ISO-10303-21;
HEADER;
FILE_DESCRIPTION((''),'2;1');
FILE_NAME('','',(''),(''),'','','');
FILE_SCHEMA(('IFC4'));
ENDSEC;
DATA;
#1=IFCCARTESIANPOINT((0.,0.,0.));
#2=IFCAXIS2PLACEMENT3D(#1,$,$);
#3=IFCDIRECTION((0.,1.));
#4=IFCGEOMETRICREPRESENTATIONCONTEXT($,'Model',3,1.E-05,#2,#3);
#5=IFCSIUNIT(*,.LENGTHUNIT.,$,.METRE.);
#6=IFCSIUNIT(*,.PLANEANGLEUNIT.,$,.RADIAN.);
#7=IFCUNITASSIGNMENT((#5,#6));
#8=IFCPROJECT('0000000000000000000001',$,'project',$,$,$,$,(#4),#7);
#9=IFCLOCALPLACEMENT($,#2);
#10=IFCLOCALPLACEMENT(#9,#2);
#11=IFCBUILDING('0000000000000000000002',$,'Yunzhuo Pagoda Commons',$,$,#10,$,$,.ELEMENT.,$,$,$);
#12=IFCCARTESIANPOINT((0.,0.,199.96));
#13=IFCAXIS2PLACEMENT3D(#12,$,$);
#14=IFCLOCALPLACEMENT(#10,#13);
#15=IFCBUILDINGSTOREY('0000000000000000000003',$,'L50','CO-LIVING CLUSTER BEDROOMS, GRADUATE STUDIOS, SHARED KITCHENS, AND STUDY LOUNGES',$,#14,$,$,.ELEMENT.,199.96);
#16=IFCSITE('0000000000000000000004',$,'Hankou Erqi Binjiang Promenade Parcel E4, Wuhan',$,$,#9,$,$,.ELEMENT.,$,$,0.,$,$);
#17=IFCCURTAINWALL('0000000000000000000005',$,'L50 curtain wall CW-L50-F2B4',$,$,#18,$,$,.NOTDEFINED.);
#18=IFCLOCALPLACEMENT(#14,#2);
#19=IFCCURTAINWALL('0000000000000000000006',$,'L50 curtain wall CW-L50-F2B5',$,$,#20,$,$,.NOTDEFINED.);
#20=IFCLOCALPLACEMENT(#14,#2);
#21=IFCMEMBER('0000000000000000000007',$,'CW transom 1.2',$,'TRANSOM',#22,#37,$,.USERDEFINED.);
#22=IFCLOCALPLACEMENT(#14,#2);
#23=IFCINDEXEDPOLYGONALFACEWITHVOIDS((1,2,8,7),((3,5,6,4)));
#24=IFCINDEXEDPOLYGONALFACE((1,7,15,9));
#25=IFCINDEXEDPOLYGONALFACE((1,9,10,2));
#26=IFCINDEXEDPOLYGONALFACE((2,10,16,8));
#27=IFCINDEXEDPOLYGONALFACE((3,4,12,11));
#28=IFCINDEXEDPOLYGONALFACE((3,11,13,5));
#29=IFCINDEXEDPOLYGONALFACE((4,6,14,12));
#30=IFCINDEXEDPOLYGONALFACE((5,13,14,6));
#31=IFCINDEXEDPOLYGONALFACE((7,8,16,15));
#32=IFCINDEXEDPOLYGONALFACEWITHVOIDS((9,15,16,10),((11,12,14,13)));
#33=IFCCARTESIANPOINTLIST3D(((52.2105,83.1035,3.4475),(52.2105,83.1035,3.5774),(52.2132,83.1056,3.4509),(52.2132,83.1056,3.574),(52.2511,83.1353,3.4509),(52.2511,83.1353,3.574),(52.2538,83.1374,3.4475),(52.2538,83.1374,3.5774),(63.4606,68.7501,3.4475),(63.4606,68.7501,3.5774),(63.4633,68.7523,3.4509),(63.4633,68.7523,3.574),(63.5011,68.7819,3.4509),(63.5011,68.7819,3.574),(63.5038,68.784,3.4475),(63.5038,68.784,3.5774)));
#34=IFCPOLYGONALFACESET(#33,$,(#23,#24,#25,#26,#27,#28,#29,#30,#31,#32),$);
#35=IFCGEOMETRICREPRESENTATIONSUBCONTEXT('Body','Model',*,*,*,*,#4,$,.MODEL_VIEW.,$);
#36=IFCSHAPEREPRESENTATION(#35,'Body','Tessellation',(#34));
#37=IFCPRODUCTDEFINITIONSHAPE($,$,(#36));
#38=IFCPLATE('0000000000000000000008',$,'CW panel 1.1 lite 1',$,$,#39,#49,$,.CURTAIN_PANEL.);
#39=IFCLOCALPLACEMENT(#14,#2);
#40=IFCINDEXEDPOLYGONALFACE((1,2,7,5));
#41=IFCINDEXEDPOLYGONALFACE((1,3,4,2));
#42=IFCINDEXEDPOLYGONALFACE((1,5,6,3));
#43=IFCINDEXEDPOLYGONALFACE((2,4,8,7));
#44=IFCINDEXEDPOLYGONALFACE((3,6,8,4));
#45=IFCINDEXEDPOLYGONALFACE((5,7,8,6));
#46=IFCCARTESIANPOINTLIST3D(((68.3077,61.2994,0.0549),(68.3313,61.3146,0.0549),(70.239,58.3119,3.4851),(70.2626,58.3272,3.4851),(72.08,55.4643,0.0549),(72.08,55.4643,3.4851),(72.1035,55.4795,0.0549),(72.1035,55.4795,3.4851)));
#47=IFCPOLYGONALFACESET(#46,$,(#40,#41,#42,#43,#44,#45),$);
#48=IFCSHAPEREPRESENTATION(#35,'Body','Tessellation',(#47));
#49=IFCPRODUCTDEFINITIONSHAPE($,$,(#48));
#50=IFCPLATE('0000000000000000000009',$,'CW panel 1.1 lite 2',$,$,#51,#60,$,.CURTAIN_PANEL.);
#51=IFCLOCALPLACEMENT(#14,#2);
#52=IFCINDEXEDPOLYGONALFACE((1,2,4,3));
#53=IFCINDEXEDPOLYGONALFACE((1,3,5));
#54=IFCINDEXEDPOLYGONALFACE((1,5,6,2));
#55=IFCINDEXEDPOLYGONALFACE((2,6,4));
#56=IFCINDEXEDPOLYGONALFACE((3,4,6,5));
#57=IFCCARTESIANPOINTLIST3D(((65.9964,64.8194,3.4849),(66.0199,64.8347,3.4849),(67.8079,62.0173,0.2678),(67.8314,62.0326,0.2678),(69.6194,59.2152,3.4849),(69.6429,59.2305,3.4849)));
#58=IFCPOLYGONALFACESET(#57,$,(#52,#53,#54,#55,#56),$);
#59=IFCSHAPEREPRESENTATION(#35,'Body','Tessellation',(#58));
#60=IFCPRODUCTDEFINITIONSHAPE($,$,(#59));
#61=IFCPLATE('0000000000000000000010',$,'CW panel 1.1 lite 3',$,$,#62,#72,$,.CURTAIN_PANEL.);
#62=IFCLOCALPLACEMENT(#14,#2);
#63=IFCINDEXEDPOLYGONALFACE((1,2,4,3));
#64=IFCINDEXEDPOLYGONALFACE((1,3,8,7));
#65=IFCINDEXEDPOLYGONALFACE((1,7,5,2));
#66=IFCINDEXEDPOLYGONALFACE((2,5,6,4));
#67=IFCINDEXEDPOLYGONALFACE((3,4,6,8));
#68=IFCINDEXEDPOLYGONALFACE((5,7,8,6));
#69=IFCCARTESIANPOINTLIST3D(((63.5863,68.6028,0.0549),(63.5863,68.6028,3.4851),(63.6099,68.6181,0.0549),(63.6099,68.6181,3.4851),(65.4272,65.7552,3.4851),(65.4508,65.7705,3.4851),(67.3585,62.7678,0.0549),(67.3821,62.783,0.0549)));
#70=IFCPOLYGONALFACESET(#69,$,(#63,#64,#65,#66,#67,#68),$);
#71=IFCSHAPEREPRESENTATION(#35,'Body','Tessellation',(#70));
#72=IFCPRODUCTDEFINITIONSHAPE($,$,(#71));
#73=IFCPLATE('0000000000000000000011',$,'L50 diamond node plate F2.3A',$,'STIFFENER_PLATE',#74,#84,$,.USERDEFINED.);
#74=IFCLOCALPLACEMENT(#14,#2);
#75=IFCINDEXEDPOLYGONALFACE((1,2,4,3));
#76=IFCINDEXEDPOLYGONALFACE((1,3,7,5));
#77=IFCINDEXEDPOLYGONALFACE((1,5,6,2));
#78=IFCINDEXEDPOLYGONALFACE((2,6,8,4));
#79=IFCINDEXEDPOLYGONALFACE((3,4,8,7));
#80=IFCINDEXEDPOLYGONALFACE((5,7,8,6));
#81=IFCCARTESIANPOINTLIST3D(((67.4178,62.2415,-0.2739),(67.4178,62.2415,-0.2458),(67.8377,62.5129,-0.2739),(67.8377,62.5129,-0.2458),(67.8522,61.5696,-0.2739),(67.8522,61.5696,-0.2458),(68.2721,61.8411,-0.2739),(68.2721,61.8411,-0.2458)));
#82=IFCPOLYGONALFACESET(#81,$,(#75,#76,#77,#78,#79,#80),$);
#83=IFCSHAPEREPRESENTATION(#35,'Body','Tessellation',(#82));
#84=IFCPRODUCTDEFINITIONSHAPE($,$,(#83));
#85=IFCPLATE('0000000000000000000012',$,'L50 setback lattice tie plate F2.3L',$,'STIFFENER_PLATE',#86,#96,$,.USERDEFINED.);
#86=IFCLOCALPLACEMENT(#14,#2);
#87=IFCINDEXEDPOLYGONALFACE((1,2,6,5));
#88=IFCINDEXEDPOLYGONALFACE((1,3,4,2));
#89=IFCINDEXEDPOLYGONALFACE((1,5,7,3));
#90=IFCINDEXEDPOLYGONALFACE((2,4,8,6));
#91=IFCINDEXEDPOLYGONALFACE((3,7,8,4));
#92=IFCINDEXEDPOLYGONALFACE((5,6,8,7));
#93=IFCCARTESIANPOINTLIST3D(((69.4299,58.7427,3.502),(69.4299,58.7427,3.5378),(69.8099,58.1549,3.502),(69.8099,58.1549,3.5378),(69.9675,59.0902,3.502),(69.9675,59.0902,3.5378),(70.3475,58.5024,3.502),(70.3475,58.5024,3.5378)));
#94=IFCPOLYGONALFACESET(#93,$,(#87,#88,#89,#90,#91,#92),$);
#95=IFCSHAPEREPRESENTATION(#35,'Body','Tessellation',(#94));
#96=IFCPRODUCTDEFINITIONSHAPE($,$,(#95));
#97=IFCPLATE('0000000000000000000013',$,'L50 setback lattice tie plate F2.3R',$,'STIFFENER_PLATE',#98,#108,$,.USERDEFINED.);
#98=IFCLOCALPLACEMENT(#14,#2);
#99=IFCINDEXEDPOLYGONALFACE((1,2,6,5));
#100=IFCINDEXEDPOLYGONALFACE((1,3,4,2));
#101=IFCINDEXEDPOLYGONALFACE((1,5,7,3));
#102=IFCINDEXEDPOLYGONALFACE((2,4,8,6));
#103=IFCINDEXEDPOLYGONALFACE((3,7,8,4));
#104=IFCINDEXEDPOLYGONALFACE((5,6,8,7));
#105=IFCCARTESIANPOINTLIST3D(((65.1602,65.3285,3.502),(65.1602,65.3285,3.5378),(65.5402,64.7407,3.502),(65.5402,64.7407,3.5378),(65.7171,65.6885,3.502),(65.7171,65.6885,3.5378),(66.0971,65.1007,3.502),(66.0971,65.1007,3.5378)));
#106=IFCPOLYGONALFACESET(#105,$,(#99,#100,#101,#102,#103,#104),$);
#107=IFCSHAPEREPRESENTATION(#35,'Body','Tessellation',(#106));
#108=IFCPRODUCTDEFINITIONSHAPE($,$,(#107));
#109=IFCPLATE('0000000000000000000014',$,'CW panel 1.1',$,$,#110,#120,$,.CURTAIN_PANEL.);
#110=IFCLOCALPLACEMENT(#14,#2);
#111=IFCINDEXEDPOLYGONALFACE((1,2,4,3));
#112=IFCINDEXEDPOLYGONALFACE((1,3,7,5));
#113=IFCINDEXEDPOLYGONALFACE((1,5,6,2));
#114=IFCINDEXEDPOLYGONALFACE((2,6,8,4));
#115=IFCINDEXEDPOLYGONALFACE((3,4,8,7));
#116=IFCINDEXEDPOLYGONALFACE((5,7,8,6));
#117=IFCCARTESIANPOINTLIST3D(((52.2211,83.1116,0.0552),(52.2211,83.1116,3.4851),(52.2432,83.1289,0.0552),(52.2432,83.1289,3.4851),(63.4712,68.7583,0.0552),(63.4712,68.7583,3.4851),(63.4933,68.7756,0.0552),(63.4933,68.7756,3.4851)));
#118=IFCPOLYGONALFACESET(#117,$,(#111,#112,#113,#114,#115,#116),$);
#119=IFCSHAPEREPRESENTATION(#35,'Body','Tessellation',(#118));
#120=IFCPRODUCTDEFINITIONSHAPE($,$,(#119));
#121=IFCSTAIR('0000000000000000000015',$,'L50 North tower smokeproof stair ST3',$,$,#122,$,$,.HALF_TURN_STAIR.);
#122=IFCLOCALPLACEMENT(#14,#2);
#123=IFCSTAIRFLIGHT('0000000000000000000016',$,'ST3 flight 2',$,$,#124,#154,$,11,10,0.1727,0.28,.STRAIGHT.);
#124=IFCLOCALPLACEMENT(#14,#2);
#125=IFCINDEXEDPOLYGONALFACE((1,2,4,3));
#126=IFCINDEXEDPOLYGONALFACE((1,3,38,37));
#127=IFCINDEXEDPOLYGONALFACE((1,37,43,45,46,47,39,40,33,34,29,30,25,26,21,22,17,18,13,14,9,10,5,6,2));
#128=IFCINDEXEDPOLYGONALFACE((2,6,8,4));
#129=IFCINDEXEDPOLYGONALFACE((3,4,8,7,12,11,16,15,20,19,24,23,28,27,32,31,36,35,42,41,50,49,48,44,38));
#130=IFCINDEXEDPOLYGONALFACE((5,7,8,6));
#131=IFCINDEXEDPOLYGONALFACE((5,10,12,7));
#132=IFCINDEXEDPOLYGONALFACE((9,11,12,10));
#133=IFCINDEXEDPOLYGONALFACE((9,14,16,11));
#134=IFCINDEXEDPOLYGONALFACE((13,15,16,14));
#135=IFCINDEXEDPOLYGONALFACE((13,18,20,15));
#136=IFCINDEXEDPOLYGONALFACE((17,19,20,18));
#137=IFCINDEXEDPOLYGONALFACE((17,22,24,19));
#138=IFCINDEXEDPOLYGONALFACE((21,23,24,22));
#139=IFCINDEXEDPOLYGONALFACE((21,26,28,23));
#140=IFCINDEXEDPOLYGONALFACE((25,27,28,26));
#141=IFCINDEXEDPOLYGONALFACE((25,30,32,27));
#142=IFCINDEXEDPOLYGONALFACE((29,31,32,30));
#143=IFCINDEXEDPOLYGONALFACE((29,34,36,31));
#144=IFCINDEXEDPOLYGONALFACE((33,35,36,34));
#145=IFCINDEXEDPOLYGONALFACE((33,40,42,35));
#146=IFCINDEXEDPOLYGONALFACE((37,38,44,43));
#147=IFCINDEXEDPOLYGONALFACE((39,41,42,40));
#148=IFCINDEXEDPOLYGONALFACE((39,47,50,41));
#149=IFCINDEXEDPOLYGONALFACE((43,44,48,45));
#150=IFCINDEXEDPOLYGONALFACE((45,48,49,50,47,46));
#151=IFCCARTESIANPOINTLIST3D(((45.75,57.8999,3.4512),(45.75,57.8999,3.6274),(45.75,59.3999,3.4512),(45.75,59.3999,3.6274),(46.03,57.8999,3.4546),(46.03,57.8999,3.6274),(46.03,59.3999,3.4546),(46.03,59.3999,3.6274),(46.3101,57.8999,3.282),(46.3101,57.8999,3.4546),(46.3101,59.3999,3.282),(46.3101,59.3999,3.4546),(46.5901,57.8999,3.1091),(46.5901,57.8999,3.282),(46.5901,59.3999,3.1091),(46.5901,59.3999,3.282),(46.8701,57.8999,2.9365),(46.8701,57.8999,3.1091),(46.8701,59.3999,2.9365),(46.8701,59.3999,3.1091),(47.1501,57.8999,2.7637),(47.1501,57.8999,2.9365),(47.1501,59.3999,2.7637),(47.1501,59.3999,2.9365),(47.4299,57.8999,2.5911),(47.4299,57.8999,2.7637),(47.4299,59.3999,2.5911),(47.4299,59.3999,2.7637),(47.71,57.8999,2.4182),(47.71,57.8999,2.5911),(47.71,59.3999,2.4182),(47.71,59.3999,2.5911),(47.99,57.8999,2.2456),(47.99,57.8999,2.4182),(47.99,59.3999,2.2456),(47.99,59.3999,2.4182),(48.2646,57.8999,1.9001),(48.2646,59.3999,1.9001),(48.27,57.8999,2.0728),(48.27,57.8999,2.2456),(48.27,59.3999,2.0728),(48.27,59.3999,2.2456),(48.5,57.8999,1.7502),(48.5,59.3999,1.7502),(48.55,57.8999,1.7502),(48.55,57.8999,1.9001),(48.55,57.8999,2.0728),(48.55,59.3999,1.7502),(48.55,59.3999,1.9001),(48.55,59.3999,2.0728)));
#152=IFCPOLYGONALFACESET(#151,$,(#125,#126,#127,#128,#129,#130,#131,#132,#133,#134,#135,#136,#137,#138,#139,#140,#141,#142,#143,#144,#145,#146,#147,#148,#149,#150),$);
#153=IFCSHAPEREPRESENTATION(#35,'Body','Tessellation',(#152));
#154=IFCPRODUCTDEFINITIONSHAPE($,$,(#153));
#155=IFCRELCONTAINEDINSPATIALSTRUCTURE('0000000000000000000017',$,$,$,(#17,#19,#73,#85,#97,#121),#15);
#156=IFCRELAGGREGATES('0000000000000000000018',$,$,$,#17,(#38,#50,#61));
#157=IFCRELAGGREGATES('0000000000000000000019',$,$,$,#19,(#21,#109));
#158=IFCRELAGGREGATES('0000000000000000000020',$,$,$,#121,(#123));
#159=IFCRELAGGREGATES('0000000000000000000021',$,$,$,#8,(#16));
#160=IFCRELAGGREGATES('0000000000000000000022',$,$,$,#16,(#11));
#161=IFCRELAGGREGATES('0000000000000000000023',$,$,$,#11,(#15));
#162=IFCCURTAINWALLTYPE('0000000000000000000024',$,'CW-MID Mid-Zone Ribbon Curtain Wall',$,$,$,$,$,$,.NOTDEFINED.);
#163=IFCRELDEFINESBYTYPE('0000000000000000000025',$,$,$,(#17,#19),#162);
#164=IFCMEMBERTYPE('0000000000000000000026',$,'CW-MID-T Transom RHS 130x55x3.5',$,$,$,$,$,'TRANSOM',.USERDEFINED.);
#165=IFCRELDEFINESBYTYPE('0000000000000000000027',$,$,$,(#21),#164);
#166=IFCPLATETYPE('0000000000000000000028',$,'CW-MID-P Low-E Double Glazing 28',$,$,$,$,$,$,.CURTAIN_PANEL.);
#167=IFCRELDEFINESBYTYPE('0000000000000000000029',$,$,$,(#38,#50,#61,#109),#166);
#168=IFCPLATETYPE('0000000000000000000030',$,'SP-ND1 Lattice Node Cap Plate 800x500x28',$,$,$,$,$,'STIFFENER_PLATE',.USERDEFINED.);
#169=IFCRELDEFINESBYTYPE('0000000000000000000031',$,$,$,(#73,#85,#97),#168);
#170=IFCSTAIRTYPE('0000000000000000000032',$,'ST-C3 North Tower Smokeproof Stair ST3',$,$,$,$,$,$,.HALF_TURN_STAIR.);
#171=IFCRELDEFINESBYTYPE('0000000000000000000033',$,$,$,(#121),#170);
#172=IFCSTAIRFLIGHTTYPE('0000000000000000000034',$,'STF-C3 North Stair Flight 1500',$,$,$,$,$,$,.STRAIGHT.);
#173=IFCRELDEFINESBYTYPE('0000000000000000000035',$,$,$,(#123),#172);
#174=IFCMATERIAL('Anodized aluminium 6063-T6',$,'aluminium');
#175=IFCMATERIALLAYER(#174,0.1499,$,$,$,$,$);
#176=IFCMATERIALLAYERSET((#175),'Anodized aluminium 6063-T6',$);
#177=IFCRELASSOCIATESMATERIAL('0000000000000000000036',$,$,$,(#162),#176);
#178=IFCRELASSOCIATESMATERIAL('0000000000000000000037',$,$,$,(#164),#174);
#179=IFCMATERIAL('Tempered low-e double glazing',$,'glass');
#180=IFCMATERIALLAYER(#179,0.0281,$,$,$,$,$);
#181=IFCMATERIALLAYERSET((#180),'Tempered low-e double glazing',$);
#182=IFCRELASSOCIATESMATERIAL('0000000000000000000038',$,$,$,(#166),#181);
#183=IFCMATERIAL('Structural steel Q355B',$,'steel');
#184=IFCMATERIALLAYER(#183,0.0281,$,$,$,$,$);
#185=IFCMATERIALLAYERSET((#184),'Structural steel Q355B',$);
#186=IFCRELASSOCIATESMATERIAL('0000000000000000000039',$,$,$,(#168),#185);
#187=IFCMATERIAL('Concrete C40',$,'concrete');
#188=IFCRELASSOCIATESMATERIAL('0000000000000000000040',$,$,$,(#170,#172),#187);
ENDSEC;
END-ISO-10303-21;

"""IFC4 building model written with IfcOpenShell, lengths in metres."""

from ifc_helpers import new_model, si_unit, direction, frame, origin, origin_2d, place, context, subcontext, project, spatial, polyline, rectangle, hollow_rectangle, outline, extrude, source, transform, mapped, material, layer, layer_set, material_profile, profile_set, type_object, element, aggregate, save


model = new_model("IFC4")

# Units and contexts
model_context = context("Model", 3, precision=1e-05, world=origin(), true_north=direction((0.0, 1.0)))
body_context = subcontext(model_context, "Body", "Model", "MODEL_VIEW")
ifc_project = project(units=[si_unit("LENGTHUNIT", "METRE"), si_unit("PLANEANGLEUNIT", "RADIAN")], contexts=[model_context])

# Site, building, storey
site_placement = place(None, origin())
site = spatial("IfcSite", under=ifc_project, at=site_placement, Name="Hankou Erqi Binjiang Promenade Parcel E4, Wuhan", CompositionType="ELEMENT", RefElevation=0.0)
building_placement = place(site_placement, origin())
building = spatial("IfcBuilding", under=site, at=building_placement, Name="Yunzhuo Pagoda Commons", CompositionType="ELEMENT")
storey_placement = place(building_placement, frame((0.0, 0.0, 199.96)))
storey = spatial("IfcBuildingStorey", under=building, at=storey_placement, Name="L50", Description="CO-LIVING CLUSTER BEDROOMS, GRADUATE STUDIOS, SHARED KITCHENS, AND STUDY LOUNGES", CompositionType="ELEMENT", Elevation=199.96)

# Shared definitions
ifc_material_1 = material(Name="Structural steel Q355B", Category="steel")

# Curtain wall
ifc_material_2 = material(Name="Anodized aluminium 6063-T6", Category="aluminium")
ifc_layer_1 = layer(ifc_material_2, 0.1499)
ifc_layer_set_1 = layer_set([ifc_layer_1], Name="Anodized aluminium 6063-T6")
curtain_wall_type = type_object("IfcCurtainWallType", Name="CW-MID Mid-Zone Ribbon Curtain Wall", PredefinedType="NOTDEFINED", material=ifc_layer_set_1)
curtain_wall_1_placement = place(storey_placement, origin())
curtain_wall_1 = element("IfcCurtainWall", 1, at=curtain_wall_1_placement, inside=storey, type_object=curtain_wall_type, Name="L50 curtain wall CW-L50-F2B4", PredefinedType="NOTDEFINED")

# Curtain wall, member
curtain_wall_2_placement = place(storey_placement, origin())
curtain_wall_2 = element("IfcCurtainWall", 2, at=curtain_wall_2_placement, inside=storey, type_object=curtain_wall_type, Name="L50 curtain wall CW-L50-F2B5", PredefinedType="NOTDEFINED")
ifc_material_profile_1 = material_profile(ifc_material_2, hollow_rectangle(XDim=0.0549, YDim=0.1299, WallThickness=0.0034, at=origin_2d()), Name="Anodized aluminium 6063-T6")
ifc_profile_set_1 = profile_set([ifc_material_profile_1], Name="Anodized aluminium 6063-T6")
member_type_1 = type_object("IfcMemberType", Name="CW-MID-T Transom RHS 130x55x3.5", ElementType="TRANSOM", PredefinedType="USERDEFINED", material=ifc_profile_set_1)
shared_shape_1 = source(origin(), body_context, "Body", "SweptSolid", [
    extrude(hollow_rectangle(XDim=0.0549, YDim=0.1299, WallThickness=0.0034, at=origin_2d()), origin(), (0.0, 0.0, 1.0), 18.2368),
])
member_1_placement = place(storey_placement, frame((63.4822, 68.7671, 3.5125), z_axis=(-0.616886, 0.787052, 0.0), x_axis=(-0.787052, -0.616886, 0.0)))
member_1 = element("IfcMember", 3, at=member_1_placement, type_object=member_type_1, Name="CW transom 1.2", ObjectType="TRANSOM", PredefinedType="USERDEFINED", context=body_context, shape_type="MappedRepresentation", body=[
    mapped(shared_shape_1, transform((0.0, 0.0, 0.0), scale=1.0)),
])

# Plates
ifc_material_3 = material(Name="Tempered low-e double glazing", Category="glass")
ifc_layer_2 = layer(ifc_material_3, 0.0281)
ifc_layer_set_2 = layer_set([ifc_layer_2], Name="Tempered low-e double glazing")
plate_type_1 = type_object("IfcPlateType", Name="CW-MID-P Low-E Double Glazing 28", PredefinedType="CURTAIN_PANEL", material=ifc_layer_set_2)
plate_1_placement = place(storey_placement, frame((70.1938, 58.3818, 1.77), z_axis=(0.839794, 0.542905, 0.0), x_axis=(-0.542905, 0.839794, 0.0)))
plate_1 = element("IfcPlate", 4, at=plate_1_placement, type_object=plate_type_1, Name="CW panel 1.1 lite 1", PredefinedType="CURTAIN_PANEL", context=body_context, shape_type="SweptSolid", body=[
    extrude(outline(polyline([(-3.4741, -1.7151), (3.4741, -1.7151), (-0.0833, 1.7151), (-3.4741, 1.7151), (-3.4741, -1.7151)])), origin(), (0.0, 0.0, 1.0), 0.0281),
])
plate_2_placement = place(storey_placement, frame((67.8079, 62.0173, 1.8765), z_axis=(0.839794, 0.542905, 0.0), x_axis=(-0.542905, 0.839794, 0.0)))
plate_2 = element("IfcPlate", 5, at=plate_2_placement, type_object=plate_type_1, Name="CW panel 1.1 lite 2", PredefinedType="CURTAIN_PANEL", context=body_context, shape_type="SweptSolid", body=[
    extrude(outline(polyline([(-3.3367, 1.6084), (0.0, -1.6086), (3.3367, 1.6084), (-3.3367, 1.6084)])), origin(), (0.0, 0.0, 1.0), 0.0281),
])
plate_3_placement = place(storey_placement, frame((65.4724, 65.6853, 1.77), z_axis=(0.839794, 0.542905, 0.0), x_axis=(-0.542905, 0.839794, 0.0)))
plate_3 = element("IfcPlate", 6, at=plate_3_placement, type_object=plate_type_1, Name="CW panel 1.1 lite 3", PredefinedType="CURTAIN_PANEL", context=body_context, shape_type="SweptSolid", body=[
    extrude(outline(polyline([(-3.4741, -1.7151), (3.4741, -1.7151), (3.4741, 1.7151), (0.0833, 1.7151), (-3.4741, -1.7151)])), origin(), (0.0, 0.0, 1.0), 0.0281),
])
aggregate(curtain_wall_1, [plate_1, plate_2, plate_3])

# Plates
ifc_layer_3 = layer(ifc_material_1, 0.0281)
ifc_layer_set_3 = layer_set([ifc_layer_3], Name="Structural steel Q355B")
plate_type_2 = type_object("IfcPlateType", Name="SP-ND1 Lattice Node Cap Plate 800x500x28", ElementType="STIFFENER_PLATE", PredefinedType="USERDEFINED", material=ifc_layer_set_3)
shared_shape_2 = source(origin(), body_context, "Body", "SweptSolid", [
    extrude(rectangle(XDim=0.8, YDim=0.5, at=origin_2d()), origin(), (0.0, 0.0, 1.0), 0.0281),
])
plate_4_placement = place(storey_placement, frame((67.845, 62.0413, -0.2739), z_axis=(0.0, 0.0, 1.0), x_axis=(-0.542911, 0.83979, 0.0)))
element("IfcPlate", 7, at=plate_4_placement, inside=storey, type_object=plate_type_2, Name="L50 diamond node plate F2.3A", ObjectType="STIFFENER_PLATE", PredefinedType="USERDEFINED", context=body_context, shape_type="MappedRepresentation", body=[
    mapped(shared_shape_2, transform((0.0, 0.0, 0.0), scale=1.0)),
])
shared_shape_3 = source(origin(), body_context, "Body", "SweptSolid", [
    extrude(rectangle(XDim=0.7, YDim=0.6401, at=origin_2d()), origin(), (0.0, 0.0, 1.0), 0.0359),
])
plate_5_placement = place(storey_placement, frame((69.8887, 58.6226, 3.502), z_axis=(0.0, 0.0, 1.0), x_axis=(-0.542911, 0.83979, 0.0)))
element("IfcPlate", 8, at=plate_5_placement, inside=storey, type_object=plate_type_2, Name="L50 setback lattice tie plate F2.3L", ObjectType="STIFFENER_PLATE", PredefinedType="USERDEFINED", context=body_context, shape_type="MappedRepresentation", body=[
    mapped(shared_shape_3, transform((0.0, 0.0, 0.0), scale=1.0)),
])
shared_shape_4 = source(origin(), body_context, "Body", "SweptSolid", [
    extrude(rectangle(XDim=0.7, YDim=0.6631, at=origin_2d()), origin(), (0.0, 0.0, 1.0), 0.0359),
])
plate_6_placement = place(storey_placement, frame((65.6287, 65.2146, 3.502), z_axis=(0.0, 0.0, 1.0), x_axis=(-0.542911, 0.83979, 0.0)))
element("IfcPlate", 9, at=plate_6_placement, inside=storey, type_object=plate_type_2, Name="L50 setback lattice tie plate F2.3R", ObjectType="STIFFENER_PLATE", PredefinedType="USERDEFINED", context=body_context, shape_type="MappedRepresentation", body=[
    mapped(shared_shape_4, transform((0.0, 0.0, 0.0), scale=1.0)),
])

# Plate
shared_shape_5 = source(origin(), body_context, "Body", "SweptSolid", [
    extrude(rectangle(XDim=18.2368, YDim=0.0281, at=origin_2d()), origin(), (0.0, 0.0, 1.0), 3.4299),
])
plate_7_placement = place(storey_placement, frame((57.8572, 75.9436, 0.0552), z_axis=(0.0, 0.0, 1.0), x_axis=(-0.616889, 0.78705, 0.0)))
plate_7 = element("IfcPlate", 10, at=plate_7_placement, type_object=plate_type_1, Name="CW panel 1.1", PredefinedType="CURTAIN_PANEL", context=body_context, shape_type="MappedRepresentation", body=[
    mapped(shared_shape_5, transform((0.0, 0.0, 0.0), scale=1.0)),
])
aggregate(curtain_wall_2, [member_1, plate_7])

# Stair, stair flight
ifc_material_4 = material(Name="Concrete C40", Category="concrete")
stair_type = type_object("IfcStairType", Name="ST-C3 North Tower Smokeproof Stair ST3", PredefinedType="HALF_TURN_STAIR", material=ifc_material_4)
stair_placement = place(storey_placement, origin())
stair = element("IfcStair", 11, at=stair_placement, inside=storey, type_object=stair_type, Name="L50 North tower smokeproof stair ST3", PredefinedType="HALF_TURN_STAIR")
stair_flight_type = type_object("IfcStairFlightType", Name="STF-C3 North Stair Flight 1500", PredefinedType="STRAIGHT", material=ifc_material_4)
shared_shape_6 = source(origin(), body_context, "Body", "SweptSolid", [
    extrude(outline(polyline([(0.0, -0.1499), (0.0, 0.0), (0.0, 0.1726), (0.28, 0.1726), (0.28, 0.3455), (0.5601, 0.3455), (0.5601, 0.5181), (0.8401, 0.5181), (0.8401, 0.6909), (1.1201, 0.6909), (1.1201, 0.8635), (1.3999, 0.8635), (1.3999, 1.0364), (1.6799, 1.0364), (1.6799, 1.209), (1.96, 1.209), (1.96, 1.3818), (2.24, 1.3818), (2.24, 1.5544), (2.52, 1.5544), (2.52, 1.7273), (2.8, 1.7273), (2.8, 1.8999), (2.8, 1.551), (0.2854, 0.0), (0.05, -0.1499), (0.0, -0.1499)])), frame((0.0, 0.75, 0.0), z_axis=(0.0, -1.0, 0.0), x_axis=(1.0, 0.0, 0.0)), (0.0, 0.0, 1.0), 1.5),
])
stair_flight_placement = place(storey_placement, frame((48.55, 58.6499, 1.9001), z_axis=(0.0, 0.0, 1.0), x_axis=(-1.0, 0.0, 0.0)))
stair_flight = element("IfcStairFlight", 12, at=stair_flight_placement, type_object=stair_flight_type, Name="ST3 flight 2", NumberOfRisers=11, NumberOfTreads=10, PredefinedType="STRAIGHT", RiserHeight=0.1727, TreadLength=0.28, context=body_context, shape_type="MappedRepresentation", body=[
    mapped(shared_shape_6, transform((0.0, 0.0, 0.0), scale=1.0)),
])
aggregate(stair, [stair_flight])

save(model, "model.ifc")
